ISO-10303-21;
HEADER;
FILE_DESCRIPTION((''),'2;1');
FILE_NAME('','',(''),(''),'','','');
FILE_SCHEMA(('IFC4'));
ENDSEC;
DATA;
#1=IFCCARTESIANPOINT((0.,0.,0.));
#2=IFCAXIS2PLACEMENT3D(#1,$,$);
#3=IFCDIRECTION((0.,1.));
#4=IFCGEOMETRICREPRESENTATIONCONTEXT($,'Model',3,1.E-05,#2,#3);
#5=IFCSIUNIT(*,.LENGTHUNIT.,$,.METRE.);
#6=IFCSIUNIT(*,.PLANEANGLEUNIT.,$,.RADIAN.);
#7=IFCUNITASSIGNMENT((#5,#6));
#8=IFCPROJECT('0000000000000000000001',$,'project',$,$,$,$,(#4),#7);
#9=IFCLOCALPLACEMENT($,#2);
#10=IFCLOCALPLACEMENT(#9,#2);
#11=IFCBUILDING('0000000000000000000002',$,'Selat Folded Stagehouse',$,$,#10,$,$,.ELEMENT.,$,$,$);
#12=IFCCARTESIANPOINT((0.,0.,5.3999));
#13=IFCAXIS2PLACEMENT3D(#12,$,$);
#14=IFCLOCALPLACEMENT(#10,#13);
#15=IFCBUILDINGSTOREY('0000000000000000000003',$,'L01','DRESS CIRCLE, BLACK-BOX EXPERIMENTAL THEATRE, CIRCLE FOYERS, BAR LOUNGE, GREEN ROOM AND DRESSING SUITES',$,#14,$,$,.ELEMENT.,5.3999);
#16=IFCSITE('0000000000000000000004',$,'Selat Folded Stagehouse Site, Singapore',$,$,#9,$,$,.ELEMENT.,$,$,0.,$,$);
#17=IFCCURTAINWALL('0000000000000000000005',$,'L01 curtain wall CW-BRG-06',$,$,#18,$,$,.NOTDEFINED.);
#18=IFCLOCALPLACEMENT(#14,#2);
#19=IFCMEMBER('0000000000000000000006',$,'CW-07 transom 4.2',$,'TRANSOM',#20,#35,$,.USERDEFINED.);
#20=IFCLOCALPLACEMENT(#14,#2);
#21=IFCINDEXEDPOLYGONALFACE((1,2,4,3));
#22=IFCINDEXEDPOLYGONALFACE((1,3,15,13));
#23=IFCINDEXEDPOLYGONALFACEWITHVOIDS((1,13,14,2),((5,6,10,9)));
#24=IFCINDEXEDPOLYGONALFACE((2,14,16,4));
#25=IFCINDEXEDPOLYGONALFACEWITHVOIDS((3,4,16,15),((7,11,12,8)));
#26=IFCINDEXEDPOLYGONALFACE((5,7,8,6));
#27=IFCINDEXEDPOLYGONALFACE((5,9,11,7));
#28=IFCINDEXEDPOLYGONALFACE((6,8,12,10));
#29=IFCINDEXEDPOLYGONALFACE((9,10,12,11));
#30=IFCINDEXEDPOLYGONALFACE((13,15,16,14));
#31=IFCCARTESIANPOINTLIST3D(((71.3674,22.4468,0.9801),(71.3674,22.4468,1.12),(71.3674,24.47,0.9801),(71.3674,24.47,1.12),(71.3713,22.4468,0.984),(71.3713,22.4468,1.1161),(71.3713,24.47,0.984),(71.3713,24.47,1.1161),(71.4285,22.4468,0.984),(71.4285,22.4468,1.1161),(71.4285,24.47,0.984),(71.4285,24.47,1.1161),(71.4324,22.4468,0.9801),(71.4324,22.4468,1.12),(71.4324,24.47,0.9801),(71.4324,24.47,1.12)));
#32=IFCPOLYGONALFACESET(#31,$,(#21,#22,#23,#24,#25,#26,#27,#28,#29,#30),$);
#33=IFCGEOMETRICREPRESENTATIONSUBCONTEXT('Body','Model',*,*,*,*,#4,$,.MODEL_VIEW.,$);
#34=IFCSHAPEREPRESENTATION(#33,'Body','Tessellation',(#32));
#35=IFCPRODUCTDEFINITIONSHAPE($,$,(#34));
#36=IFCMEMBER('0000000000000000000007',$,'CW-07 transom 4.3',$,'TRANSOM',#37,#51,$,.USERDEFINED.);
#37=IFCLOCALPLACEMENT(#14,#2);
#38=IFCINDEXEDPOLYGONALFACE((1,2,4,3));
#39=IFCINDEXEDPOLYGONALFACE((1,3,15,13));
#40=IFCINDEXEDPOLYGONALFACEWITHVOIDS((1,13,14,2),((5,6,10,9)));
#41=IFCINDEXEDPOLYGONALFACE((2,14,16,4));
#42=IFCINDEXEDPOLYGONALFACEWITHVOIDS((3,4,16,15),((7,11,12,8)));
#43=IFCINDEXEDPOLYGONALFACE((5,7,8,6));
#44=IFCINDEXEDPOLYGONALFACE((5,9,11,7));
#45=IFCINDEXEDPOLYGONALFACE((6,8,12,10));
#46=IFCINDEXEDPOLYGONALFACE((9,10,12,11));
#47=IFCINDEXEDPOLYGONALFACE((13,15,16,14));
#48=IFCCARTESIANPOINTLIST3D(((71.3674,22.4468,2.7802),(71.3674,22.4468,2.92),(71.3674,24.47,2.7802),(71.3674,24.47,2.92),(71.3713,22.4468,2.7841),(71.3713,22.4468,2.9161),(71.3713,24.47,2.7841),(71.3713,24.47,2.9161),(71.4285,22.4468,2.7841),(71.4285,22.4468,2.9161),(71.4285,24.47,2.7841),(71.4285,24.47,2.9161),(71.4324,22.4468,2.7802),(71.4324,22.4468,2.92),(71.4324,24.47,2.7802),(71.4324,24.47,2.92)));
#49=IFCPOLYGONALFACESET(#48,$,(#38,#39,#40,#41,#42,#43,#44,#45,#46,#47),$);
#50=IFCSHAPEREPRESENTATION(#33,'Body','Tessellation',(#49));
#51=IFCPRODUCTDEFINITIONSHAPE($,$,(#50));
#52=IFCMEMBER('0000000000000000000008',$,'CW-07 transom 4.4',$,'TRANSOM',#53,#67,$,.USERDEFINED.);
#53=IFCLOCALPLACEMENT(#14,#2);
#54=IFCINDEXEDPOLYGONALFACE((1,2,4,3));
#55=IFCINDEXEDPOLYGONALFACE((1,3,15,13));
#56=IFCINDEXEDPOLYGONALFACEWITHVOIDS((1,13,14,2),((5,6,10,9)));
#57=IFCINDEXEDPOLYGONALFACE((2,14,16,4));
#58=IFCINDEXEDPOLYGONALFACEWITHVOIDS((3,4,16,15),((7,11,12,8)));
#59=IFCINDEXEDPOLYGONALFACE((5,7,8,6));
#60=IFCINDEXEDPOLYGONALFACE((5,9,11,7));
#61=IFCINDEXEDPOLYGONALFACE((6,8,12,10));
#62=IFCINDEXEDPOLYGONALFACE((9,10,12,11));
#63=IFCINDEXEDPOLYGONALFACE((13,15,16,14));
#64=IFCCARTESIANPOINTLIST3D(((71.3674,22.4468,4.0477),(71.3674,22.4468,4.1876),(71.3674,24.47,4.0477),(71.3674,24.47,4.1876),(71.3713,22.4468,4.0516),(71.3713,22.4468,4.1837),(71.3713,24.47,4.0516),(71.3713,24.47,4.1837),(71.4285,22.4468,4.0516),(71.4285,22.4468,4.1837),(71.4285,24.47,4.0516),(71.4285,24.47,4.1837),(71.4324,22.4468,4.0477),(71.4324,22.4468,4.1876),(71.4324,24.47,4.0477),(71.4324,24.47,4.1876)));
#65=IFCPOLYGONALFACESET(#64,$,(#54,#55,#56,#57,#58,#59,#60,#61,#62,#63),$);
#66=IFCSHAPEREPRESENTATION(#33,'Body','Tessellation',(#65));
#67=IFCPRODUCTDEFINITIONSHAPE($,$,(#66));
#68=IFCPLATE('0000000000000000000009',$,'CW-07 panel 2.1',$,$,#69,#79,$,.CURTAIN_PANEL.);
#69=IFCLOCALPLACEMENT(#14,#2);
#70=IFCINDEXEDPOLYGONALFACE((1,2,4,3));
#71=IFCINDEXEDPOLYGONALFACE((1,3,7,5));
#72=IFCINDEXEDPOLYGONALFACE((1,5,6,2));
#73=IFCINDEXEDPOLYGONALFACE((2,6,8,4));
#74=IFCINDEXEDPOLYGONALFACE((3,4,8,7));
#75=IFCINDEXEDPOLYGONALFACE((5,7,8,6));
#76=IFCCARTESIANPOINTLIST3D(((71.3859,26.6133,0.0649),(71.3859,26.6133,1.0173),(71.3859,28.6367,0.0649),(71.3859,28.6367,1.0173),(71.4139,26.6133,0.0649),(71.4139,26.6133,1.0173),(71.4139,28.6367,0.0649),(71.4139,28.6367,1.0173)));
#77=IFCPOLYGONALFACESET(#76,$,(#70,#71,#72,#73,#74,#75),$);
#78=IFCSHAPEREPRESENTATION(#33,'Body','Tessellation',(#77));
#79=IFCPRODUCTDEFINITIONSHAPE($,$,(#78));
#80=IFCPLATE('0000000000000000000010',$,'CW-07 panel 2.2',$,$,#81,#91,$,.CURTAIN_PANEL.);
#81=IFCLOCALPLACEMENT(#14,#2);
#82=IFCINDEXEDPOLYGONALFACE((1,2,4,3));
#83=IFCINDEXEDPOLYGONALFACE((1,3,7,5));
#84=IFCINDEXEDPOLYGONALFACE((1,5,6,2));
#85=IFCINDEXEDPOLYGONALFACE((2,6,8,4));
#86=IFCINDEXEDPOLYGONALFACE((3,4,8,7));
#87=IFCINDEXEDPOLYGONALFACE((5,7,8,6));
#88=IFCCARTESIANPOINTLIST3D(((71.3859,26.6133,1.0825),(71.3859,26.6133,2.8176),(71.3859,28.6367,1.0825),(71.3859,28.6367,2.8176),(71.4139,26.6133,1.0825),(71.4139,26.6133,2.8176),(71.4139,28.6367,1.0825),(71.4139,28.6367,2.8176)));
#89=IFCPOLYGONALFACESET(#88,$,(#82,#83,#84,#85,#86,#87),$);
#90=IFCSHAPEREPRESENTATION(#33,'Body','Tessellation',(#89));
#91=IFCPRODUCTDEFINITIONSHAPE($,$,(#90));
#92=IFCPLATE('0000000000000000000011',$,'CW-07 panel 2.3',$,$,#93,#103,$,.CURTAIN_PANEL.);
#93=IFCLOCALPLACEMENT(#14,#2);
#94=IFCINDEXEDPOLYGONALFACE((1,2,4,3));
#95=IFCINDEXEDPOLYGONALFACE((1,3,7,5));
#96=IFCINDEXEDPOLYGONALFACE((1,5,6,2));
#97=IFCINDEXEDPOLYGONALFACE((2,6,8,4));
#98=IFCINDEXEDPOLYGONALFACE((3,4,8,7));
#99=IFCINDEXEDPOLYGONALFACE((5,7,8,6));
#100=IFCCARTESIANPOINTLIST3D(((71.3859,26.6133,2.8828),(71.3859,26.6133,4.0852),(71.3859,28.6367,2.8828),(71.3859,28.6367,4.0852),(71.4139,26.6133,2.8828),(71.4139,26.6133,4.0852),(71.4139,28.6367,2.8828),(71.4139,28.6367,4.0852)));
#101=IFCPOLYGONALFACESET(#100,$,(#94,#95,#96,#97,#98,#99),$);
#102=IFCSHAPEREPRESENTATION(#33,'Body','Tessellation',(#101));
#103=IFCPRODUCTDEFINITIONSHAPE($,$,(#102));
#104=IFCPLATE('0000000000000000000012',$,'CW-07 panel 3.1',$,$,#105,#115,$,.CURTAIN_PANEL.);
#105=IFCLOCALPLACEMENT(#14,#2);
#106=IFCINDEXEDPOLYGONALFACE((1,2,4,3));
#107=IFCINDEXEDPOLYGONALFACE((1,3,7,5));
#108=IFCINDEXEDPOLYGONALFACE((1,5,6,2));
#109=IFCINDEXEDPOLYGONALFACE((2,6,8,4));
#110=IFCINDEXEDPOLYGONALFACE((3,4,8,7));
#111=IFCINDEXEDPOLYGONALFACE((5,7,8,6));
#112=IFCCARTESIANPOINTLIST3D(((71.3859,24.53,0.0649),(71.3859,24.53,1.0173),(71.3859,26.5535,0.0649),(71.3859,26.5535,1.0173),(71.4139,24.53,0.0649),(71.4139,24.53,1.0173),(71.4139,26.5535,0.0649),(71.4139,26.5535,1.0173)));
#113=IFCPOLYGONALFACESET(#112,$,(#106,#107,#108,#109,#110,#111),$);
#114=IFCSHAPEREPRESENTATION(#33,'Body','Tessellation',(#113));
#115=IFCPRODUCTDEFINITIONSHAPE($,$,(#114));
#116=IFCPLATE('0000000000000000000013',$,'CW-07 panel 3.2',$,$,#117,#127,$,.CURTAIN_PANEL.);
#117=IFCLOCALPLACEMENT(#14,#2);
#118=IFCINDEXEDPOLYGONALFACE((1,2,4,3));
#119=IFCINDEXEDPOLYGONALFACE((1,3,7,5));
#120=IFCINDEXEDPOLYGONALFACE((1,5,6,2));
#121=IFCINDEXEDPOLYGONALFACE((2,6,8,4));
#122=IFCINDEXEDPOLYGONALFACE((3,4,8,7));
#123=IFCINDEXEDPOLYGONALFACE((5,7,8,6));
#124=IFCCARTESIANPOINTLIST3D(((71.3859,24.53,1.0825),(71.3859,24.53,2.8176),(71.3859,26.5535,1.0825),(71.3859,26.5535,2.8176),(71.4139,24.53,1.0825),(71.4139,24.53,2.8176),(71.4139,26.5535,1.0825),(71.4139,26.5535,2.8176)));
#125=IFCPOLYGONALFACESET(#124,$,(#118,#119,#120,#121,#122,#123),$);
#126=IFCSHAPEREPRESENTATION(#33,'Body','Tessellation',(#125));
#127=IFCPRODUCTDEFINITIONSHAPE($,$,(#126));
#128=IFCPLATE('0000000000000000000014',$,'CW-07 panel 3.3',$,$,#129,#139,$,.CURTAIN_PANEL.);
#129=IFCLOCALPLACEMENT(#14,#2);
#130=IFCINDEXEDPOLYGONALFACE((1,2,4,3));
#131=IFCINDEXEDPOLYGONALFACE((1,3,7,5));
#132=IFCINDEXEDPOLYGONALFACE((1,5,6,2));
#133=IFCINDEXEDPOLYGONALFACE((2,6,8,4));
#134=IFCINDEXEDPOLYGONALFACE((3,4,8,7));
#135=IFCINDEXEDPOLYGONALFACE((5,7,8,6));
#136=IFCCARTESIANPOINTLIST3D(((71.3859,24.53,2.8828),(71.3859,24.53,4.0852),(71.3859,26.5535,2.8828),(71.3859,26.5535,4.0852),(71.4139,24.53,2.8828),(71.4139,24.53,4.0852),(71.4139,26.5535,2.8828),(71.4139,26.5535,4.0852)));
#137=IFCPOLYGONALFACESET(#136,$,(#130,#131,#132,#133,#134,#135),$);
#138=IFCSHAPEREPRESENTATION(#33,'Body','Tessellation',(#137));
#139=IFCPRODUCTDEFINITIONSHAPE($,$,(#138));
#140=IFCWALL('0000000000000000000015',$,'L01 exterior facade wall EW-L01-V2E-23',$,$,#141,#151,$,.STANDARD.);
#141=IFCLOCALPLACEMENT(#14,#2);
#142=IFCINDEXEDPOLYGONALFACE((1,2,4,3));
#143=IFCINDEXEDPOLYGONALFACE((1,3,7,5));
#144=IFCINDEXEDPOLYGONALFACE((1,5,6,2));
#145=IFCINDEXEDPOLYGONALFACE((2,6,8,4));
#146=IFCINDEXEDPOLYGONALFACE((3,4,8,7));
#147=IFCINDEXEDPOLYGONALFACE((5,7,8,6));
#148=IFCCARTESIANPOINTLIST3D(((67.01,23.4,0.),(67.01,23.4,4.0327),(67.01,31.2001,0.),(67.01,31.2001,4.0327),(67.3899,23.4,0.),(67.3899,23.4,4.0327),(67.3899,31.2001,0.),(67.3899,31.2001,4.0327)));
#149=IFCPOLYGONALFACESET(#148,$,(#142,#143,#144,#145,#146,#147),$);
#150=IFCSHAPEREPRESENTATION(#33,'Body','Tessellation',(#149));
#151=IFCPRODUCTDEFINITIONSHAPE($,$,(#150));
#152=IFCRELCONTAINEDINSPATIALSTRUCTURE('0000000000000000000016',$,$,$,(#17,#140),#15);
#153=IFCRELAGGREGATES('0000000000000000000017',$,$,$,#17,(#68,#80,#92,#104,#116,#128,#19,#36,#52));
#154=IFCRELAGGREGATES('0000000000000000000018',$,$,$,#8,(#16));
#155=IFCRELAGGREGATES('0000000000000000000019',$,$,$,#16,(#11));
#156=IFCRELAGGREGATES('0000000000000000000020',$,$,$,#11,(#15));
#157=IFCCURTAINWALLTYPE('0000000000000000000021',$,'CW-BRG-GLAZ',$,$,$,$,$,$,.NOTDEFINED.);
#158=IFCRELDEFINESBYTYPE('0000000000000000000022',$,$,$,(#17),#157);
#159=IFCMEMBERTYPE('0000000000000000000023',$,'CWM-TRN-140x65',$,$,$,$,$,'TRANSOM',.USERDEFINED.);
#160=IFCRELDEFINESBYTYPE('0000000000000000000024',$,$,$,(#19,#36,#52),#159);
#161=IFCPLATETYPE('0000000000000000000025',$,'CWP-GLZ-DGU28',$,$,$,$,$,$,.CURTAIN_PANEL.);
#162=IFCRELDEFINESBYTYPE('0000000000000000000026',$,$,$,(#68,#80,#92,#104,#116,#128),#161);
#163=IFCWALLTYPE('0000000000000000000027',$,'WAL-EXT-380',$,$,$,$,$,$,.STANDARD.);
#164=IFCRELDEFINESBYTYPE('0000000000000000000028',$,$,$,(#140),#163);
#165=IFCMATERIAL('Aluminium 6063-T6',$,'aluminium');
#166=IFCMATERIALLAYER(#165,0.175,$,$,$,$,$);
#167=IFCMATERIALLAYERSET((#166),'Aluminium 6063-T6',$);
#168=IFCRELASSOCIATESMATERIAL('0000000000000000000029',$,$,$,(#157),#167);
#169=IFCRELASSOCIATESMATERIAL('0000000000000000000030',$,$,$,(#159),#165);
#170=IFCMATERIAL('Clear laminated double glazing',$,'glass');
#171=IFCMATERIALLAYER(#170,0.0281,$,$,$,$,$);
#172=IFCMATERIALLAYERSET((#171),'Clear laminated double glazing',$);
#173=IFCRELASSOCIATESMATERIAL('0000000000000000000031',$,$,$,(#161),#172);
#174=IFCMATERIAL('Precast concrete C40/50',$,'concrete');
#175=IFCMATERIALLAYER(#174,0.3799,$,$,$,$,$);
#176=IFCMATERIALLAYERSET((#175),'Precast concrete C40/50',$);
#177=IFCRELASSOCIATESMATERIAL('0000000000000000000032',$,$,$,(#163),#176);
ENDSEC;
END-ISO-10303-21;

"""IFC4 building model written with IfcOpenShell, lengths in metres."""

from ifc_helpers import new_model, si_unit, direction, frame, frame_2d, origin, origin_2d, place, context, subcontext, project, spatial, rectangle, hollow_rectangle, extrude, material, layer, layer_set, material_profile, profile_set, type_object, element, aggregate, save


model = new_model("IFC4")

# Units and contexts
model_context = context("Model", 3, precision=1e-05, world=origin(), true_north=direction((0.0, 1.0)))
body_context = subcontext(model_context, "Body", "Model", "MODEL_VIEW")
ifc_project = project(units=[si_unit("LENGTHUNIT", "METRE"), si_unit("PLANEANGLEUNIT", "RADIAN")], contexts=[model_context])

# Site, building, storey
site_placement = place(None, origin())
site = spatial("IfcSite", under=ifc_project, at=site_placement, Name="Selat Folded Stagehouse Site, Singapore", CompositionType="ELEMENT", RefElevation=0.0)
building_placement = place(site_placement, origin())
building = spatial("IfcBuilding", under=site, at=building_placement, Name="Selat Folded Stagehouse", CompositionType="ELEMENT")
storey_placement = place(building_placement, frame((0.0, 0.0, 5.3999)))
storey = spatial("IfcBuildingStorey", under=building, at=storey_placement, Name="L01", Description="DRESS CIRCLE, BLACK-BOX EXPERIMENTAL THEATRE, CIRCLE FOYERS, BAR LOUNGE, GREEN ROOM AND DRESSING SUITES", CompositionType="ELEMENT", Elevation=5.3999)

# Curtain wall, members, plates
ifc_material_1 = material(Name="Aluminium 6063-T6", Category="aluminium")
ifc_layer_1 = layer(ifc_material_1, 0.175)
ifc_layer_set_1 = layer_set([ifc_layer_1], Name="Aluminium 6063-T6")
curtain_wall_type = type_object("IfcCurtainWallType", Name="CW-BRG-GLAZ", PredefinedType="NOTDEFINED", material=ifc_layer_set_1)
curtain_wall_placement = place(storey_placement, origin())
curtain_wall = element("IfcCurtainWall", 1, at=curtain_wall_placement, inside=storey, type_object=curtain_wall_type, Name="L01 curtain wall CW-BRG-06", PredefinedType="NOTDEFINED")
ifc_material_profile_1 = material_profile(ifc_material_1, hollow_rectangle(XDim=0.0649, YDim=0.1399, WallThickness=0.0039, at=origin_2d()), Name="ALU 140x65x4.0")
ifc_profile_set_1 = profile_set([ifc_material_profile_1], Name="Aluminium 6063-T6")
member_type_1 = type_object("IfcMemberType", Name="CWM-TRN-140x65", ElementType="TRANSOM", PredefinedType="USERDEFINED", material=ifc_profile_set_1)
member_1_placement = place(storey_placement, frame((71.3999, 24.47, 1.05), z_axis=(0.0, -1.0, 0.0), x_axis=(1.0, 0.0, 0.0)))
member_1 = element("IfcMember", 2, at=member_1_placement, type_object=member_type_1, Name="CW-07 transom 4.2", ObjectType="TRANSOM", PredefinedType="USERDEFINED", context=body_context, shape_type="SweptSolid", body=[
    extrude(hollow_rectangle(XDim=0.0649, YDim=0.1399, WallThickness=0.0039, at=origin_2d()), origin(), (0.0, 0.0, 1.0), 2.0232),
])
member_2_placement = place(storey_placement, frame((71.3999, 24.47, 2.8501), z_axis=(0.0, -1.0, 0.0), x_axis=(1.0, 0.0, 0.0)))
member_2 = element("IfcMember", 3, at=member_2_placement, type_object=member_type_1, Name="CW-07 transom 4.3", ObjectType="TRANSOM", PredefinedType="USERDEFINED", context=body_context, shape_type="SweptSolid", body=[
    extrude(hollow_rectangle(XDim=0.0649, YDim=0.1399, WallThickness=0.0039, at=origin_2d()), origin(), (0.0, 0.0, 1.0), 2.0232),
])
member_3_placement = place(storey_placement, frame((71.3999, 24.47, 4.1177), z_axis=(0.0, -1.0, 0.0), x_axis=(1.0, 0.0, 0.0)))
member_3 = element("IfcMember", 4, at=member_3_placement, type_object=member_type_1, Name="CW-07 transom 4.4", ObjectType="TRANSOM", PredefinedType="USERDEFINED", context=body_context, shape_type="SweptSolid", body=[
    extrude(hollow_rectangle(XDim=0.0649, YDim=0.1399, WallThickness=0.0039, at=origin_2d()), origin(), (0.0, 0.0, 1.0), 2.0232),
])
ifc_material_2 = material(Name="Clear laminated double glazing", Category="glass")
ifc_layer_2 = layer(ifc_material_2, 0.0281)
ifc_layer_set_2 = layer_set([ifc_layer_2], Name="Clear laminated double glazing")
plate_type = type_object("IfcPlateType", Name="CWP-GLZ-DGU28", PredefinedType="CURTAIN_PANEL", material=ifc_layer_set_2)
plate_1_placement = place(storey_placement, frame((71.3999, 27.625, 0.0649), z_axis=(0.0, 0.0, 1.0), x_axis=(0.0, -1.0, 0.0)))
plate_1 = element("IfcPlate", 5, at=plate_1_placement, type_object=plate_type, Name="CW-07 panel 2.1", PredefinedType="CURTAIN_PANEL", context=body_context, shape_type="SweptSolid", body=[
    extrude(rectangle(XDim=2.0234, YDim=0.0281, at=origin_2d()), origin(), (0.0, 0.0, 1.0), 0.9524),
])
plate_2_placement = place(storey_placement, frame((71.3999, 27.625, 1.0825), z_axis=(0.0, 0.0, 1.0), x_axis=(0.0, -1.0, 0.0)))
plate_2 = element("IfcPlate", 6, at=plate_2_placement, type_object=plate_type, Name="CW-07 panel 2.2", PredefinedType="CURTAIN_PANEL", context=body_context, shape_type="SweptSolid", body=[
    extrude(rectangle(XDim=2.0234, YDim=0.0281, at=origin_2d()), origin(), (0.0, 0.0, 1.0), 1.7351),
])
plate_3_placement = place(storey_placement, frame((71.3999, 27.625, 2.8828), z_axis=(0.0, 0.0, 1.0), x_axis=(0.0, -1.0, 0.0)))
plate_3 = element("IfcPlate", 7, at=plate_3_placement, type_object=plate_type, Name="CW-07 panel 2.3", PredefinedType="CURTAIN_PANEL", context=body_context, shape_type="SweptSolid", body=[
    extrude(rectangle(XDim=2.0234, YDim=0.0281, at=origin_2d()), origin(), (0.0, 0.0, 1.0), 1.2024),
])
plate_4_placement = place(storey_placement, frame((71.3999, 25.5417, 0.0649), z_axis=(0.0, 0.0, 1.0), x_axis=(0.0, -1.0, 0.0)))
plate_4 = element("IfcPlate", 8, at=plate_4_placement, type_object=plate_type, Name="CW-07 panel 3.1", PredefinedType="CURTAIN_PANEL", context=body_context, shape_type="SweptSolid", body=[
    extrude(rectangle(XDim=2.0234, YDim=0.0281, at=origin_2d()), origin(), (0.0, 0.0, 1.0), 0.9524),
])
plate_5_placement = place(storey_placement, frame((71.3999, 25.5417, 1.0825), z_axis=(0.0, 0.0, 1.0), x_axis=(0.0, -1.0, 0.0)))
plate_5 = element("IfcPlate", 9, at=plate_5_placement, type_object=plate_type, Name="CW-07 panel 3.2", PredefinedType="CURTAIN_PANEL", context=body_context, shape_type="SweptSolid", body=[
    extrude(rectangle(XDim=2.0234, YDim=0.0281, at=origin_2d()), origin(), (0.0, 0.0, 1.0), 1.7351),
])
plate_6_placement = place(storey_placement, frame((71.3999, 25.5417, 2.8828), z_axis=(0.0, 0.0, 1.0), x_axis=(0.0, -1.0, 0.0)))
plate_6 = element("IfcPlate", 10, at=plate_6_placement, type_object=plate_type, Name="CW-07 panel 3.3", PredefinedType="CURTAIN_PANEL", context=body_context, shape_type="SweptSolid", body=[
    extrude(rectangle(XDim=2.0234, YDim=0.0281, at=origin_2d()), origin(), (0.0, 0.0, 1.0), 1.2024),
])
aggregate(curtain_wall, [plate_1, plate_2, plate_3, plate_4, plate_5, plate_6, member_1, member_2, member_3])

# Wall
ifc_material_3 = material(Name="Precast concrete C40/50", Category="concrete")
ifc_layer_3 = layer(ifc_material_3, 0.3799)
ifc_layer_set_3 = layer_set([ifc_layer_3], Name="Precast concrete C40/50")
wall_type = type_object("IfcWallType", Name="WAL-EXT-380", PredefinedType="STANDARD", material=ifc_layer_set_3)
wall_placement = place(storey_placement, frame((67.2, 31.2, 0.0), z_axis=(0.0, 0.0, 1.0), x_axis=(0.0, -1.0, 0.0)))
element("IfcWall", 11, at=wall_placement, inside=storey, type_object=wall_type, Name="L01 exterior facade wall EW-L01-V2E-23", PredefinedType="STANDARD", context=body_context, shape_type="SweptSolid", body=[
    extrude(rectangle(XDim=7.8, YDim=0.3799, at=frame_2d((3.8999, 0.0))), origin(), (0.0, 0.0, 1.0), 4.0327),
])

save(model, "model.ifc")
